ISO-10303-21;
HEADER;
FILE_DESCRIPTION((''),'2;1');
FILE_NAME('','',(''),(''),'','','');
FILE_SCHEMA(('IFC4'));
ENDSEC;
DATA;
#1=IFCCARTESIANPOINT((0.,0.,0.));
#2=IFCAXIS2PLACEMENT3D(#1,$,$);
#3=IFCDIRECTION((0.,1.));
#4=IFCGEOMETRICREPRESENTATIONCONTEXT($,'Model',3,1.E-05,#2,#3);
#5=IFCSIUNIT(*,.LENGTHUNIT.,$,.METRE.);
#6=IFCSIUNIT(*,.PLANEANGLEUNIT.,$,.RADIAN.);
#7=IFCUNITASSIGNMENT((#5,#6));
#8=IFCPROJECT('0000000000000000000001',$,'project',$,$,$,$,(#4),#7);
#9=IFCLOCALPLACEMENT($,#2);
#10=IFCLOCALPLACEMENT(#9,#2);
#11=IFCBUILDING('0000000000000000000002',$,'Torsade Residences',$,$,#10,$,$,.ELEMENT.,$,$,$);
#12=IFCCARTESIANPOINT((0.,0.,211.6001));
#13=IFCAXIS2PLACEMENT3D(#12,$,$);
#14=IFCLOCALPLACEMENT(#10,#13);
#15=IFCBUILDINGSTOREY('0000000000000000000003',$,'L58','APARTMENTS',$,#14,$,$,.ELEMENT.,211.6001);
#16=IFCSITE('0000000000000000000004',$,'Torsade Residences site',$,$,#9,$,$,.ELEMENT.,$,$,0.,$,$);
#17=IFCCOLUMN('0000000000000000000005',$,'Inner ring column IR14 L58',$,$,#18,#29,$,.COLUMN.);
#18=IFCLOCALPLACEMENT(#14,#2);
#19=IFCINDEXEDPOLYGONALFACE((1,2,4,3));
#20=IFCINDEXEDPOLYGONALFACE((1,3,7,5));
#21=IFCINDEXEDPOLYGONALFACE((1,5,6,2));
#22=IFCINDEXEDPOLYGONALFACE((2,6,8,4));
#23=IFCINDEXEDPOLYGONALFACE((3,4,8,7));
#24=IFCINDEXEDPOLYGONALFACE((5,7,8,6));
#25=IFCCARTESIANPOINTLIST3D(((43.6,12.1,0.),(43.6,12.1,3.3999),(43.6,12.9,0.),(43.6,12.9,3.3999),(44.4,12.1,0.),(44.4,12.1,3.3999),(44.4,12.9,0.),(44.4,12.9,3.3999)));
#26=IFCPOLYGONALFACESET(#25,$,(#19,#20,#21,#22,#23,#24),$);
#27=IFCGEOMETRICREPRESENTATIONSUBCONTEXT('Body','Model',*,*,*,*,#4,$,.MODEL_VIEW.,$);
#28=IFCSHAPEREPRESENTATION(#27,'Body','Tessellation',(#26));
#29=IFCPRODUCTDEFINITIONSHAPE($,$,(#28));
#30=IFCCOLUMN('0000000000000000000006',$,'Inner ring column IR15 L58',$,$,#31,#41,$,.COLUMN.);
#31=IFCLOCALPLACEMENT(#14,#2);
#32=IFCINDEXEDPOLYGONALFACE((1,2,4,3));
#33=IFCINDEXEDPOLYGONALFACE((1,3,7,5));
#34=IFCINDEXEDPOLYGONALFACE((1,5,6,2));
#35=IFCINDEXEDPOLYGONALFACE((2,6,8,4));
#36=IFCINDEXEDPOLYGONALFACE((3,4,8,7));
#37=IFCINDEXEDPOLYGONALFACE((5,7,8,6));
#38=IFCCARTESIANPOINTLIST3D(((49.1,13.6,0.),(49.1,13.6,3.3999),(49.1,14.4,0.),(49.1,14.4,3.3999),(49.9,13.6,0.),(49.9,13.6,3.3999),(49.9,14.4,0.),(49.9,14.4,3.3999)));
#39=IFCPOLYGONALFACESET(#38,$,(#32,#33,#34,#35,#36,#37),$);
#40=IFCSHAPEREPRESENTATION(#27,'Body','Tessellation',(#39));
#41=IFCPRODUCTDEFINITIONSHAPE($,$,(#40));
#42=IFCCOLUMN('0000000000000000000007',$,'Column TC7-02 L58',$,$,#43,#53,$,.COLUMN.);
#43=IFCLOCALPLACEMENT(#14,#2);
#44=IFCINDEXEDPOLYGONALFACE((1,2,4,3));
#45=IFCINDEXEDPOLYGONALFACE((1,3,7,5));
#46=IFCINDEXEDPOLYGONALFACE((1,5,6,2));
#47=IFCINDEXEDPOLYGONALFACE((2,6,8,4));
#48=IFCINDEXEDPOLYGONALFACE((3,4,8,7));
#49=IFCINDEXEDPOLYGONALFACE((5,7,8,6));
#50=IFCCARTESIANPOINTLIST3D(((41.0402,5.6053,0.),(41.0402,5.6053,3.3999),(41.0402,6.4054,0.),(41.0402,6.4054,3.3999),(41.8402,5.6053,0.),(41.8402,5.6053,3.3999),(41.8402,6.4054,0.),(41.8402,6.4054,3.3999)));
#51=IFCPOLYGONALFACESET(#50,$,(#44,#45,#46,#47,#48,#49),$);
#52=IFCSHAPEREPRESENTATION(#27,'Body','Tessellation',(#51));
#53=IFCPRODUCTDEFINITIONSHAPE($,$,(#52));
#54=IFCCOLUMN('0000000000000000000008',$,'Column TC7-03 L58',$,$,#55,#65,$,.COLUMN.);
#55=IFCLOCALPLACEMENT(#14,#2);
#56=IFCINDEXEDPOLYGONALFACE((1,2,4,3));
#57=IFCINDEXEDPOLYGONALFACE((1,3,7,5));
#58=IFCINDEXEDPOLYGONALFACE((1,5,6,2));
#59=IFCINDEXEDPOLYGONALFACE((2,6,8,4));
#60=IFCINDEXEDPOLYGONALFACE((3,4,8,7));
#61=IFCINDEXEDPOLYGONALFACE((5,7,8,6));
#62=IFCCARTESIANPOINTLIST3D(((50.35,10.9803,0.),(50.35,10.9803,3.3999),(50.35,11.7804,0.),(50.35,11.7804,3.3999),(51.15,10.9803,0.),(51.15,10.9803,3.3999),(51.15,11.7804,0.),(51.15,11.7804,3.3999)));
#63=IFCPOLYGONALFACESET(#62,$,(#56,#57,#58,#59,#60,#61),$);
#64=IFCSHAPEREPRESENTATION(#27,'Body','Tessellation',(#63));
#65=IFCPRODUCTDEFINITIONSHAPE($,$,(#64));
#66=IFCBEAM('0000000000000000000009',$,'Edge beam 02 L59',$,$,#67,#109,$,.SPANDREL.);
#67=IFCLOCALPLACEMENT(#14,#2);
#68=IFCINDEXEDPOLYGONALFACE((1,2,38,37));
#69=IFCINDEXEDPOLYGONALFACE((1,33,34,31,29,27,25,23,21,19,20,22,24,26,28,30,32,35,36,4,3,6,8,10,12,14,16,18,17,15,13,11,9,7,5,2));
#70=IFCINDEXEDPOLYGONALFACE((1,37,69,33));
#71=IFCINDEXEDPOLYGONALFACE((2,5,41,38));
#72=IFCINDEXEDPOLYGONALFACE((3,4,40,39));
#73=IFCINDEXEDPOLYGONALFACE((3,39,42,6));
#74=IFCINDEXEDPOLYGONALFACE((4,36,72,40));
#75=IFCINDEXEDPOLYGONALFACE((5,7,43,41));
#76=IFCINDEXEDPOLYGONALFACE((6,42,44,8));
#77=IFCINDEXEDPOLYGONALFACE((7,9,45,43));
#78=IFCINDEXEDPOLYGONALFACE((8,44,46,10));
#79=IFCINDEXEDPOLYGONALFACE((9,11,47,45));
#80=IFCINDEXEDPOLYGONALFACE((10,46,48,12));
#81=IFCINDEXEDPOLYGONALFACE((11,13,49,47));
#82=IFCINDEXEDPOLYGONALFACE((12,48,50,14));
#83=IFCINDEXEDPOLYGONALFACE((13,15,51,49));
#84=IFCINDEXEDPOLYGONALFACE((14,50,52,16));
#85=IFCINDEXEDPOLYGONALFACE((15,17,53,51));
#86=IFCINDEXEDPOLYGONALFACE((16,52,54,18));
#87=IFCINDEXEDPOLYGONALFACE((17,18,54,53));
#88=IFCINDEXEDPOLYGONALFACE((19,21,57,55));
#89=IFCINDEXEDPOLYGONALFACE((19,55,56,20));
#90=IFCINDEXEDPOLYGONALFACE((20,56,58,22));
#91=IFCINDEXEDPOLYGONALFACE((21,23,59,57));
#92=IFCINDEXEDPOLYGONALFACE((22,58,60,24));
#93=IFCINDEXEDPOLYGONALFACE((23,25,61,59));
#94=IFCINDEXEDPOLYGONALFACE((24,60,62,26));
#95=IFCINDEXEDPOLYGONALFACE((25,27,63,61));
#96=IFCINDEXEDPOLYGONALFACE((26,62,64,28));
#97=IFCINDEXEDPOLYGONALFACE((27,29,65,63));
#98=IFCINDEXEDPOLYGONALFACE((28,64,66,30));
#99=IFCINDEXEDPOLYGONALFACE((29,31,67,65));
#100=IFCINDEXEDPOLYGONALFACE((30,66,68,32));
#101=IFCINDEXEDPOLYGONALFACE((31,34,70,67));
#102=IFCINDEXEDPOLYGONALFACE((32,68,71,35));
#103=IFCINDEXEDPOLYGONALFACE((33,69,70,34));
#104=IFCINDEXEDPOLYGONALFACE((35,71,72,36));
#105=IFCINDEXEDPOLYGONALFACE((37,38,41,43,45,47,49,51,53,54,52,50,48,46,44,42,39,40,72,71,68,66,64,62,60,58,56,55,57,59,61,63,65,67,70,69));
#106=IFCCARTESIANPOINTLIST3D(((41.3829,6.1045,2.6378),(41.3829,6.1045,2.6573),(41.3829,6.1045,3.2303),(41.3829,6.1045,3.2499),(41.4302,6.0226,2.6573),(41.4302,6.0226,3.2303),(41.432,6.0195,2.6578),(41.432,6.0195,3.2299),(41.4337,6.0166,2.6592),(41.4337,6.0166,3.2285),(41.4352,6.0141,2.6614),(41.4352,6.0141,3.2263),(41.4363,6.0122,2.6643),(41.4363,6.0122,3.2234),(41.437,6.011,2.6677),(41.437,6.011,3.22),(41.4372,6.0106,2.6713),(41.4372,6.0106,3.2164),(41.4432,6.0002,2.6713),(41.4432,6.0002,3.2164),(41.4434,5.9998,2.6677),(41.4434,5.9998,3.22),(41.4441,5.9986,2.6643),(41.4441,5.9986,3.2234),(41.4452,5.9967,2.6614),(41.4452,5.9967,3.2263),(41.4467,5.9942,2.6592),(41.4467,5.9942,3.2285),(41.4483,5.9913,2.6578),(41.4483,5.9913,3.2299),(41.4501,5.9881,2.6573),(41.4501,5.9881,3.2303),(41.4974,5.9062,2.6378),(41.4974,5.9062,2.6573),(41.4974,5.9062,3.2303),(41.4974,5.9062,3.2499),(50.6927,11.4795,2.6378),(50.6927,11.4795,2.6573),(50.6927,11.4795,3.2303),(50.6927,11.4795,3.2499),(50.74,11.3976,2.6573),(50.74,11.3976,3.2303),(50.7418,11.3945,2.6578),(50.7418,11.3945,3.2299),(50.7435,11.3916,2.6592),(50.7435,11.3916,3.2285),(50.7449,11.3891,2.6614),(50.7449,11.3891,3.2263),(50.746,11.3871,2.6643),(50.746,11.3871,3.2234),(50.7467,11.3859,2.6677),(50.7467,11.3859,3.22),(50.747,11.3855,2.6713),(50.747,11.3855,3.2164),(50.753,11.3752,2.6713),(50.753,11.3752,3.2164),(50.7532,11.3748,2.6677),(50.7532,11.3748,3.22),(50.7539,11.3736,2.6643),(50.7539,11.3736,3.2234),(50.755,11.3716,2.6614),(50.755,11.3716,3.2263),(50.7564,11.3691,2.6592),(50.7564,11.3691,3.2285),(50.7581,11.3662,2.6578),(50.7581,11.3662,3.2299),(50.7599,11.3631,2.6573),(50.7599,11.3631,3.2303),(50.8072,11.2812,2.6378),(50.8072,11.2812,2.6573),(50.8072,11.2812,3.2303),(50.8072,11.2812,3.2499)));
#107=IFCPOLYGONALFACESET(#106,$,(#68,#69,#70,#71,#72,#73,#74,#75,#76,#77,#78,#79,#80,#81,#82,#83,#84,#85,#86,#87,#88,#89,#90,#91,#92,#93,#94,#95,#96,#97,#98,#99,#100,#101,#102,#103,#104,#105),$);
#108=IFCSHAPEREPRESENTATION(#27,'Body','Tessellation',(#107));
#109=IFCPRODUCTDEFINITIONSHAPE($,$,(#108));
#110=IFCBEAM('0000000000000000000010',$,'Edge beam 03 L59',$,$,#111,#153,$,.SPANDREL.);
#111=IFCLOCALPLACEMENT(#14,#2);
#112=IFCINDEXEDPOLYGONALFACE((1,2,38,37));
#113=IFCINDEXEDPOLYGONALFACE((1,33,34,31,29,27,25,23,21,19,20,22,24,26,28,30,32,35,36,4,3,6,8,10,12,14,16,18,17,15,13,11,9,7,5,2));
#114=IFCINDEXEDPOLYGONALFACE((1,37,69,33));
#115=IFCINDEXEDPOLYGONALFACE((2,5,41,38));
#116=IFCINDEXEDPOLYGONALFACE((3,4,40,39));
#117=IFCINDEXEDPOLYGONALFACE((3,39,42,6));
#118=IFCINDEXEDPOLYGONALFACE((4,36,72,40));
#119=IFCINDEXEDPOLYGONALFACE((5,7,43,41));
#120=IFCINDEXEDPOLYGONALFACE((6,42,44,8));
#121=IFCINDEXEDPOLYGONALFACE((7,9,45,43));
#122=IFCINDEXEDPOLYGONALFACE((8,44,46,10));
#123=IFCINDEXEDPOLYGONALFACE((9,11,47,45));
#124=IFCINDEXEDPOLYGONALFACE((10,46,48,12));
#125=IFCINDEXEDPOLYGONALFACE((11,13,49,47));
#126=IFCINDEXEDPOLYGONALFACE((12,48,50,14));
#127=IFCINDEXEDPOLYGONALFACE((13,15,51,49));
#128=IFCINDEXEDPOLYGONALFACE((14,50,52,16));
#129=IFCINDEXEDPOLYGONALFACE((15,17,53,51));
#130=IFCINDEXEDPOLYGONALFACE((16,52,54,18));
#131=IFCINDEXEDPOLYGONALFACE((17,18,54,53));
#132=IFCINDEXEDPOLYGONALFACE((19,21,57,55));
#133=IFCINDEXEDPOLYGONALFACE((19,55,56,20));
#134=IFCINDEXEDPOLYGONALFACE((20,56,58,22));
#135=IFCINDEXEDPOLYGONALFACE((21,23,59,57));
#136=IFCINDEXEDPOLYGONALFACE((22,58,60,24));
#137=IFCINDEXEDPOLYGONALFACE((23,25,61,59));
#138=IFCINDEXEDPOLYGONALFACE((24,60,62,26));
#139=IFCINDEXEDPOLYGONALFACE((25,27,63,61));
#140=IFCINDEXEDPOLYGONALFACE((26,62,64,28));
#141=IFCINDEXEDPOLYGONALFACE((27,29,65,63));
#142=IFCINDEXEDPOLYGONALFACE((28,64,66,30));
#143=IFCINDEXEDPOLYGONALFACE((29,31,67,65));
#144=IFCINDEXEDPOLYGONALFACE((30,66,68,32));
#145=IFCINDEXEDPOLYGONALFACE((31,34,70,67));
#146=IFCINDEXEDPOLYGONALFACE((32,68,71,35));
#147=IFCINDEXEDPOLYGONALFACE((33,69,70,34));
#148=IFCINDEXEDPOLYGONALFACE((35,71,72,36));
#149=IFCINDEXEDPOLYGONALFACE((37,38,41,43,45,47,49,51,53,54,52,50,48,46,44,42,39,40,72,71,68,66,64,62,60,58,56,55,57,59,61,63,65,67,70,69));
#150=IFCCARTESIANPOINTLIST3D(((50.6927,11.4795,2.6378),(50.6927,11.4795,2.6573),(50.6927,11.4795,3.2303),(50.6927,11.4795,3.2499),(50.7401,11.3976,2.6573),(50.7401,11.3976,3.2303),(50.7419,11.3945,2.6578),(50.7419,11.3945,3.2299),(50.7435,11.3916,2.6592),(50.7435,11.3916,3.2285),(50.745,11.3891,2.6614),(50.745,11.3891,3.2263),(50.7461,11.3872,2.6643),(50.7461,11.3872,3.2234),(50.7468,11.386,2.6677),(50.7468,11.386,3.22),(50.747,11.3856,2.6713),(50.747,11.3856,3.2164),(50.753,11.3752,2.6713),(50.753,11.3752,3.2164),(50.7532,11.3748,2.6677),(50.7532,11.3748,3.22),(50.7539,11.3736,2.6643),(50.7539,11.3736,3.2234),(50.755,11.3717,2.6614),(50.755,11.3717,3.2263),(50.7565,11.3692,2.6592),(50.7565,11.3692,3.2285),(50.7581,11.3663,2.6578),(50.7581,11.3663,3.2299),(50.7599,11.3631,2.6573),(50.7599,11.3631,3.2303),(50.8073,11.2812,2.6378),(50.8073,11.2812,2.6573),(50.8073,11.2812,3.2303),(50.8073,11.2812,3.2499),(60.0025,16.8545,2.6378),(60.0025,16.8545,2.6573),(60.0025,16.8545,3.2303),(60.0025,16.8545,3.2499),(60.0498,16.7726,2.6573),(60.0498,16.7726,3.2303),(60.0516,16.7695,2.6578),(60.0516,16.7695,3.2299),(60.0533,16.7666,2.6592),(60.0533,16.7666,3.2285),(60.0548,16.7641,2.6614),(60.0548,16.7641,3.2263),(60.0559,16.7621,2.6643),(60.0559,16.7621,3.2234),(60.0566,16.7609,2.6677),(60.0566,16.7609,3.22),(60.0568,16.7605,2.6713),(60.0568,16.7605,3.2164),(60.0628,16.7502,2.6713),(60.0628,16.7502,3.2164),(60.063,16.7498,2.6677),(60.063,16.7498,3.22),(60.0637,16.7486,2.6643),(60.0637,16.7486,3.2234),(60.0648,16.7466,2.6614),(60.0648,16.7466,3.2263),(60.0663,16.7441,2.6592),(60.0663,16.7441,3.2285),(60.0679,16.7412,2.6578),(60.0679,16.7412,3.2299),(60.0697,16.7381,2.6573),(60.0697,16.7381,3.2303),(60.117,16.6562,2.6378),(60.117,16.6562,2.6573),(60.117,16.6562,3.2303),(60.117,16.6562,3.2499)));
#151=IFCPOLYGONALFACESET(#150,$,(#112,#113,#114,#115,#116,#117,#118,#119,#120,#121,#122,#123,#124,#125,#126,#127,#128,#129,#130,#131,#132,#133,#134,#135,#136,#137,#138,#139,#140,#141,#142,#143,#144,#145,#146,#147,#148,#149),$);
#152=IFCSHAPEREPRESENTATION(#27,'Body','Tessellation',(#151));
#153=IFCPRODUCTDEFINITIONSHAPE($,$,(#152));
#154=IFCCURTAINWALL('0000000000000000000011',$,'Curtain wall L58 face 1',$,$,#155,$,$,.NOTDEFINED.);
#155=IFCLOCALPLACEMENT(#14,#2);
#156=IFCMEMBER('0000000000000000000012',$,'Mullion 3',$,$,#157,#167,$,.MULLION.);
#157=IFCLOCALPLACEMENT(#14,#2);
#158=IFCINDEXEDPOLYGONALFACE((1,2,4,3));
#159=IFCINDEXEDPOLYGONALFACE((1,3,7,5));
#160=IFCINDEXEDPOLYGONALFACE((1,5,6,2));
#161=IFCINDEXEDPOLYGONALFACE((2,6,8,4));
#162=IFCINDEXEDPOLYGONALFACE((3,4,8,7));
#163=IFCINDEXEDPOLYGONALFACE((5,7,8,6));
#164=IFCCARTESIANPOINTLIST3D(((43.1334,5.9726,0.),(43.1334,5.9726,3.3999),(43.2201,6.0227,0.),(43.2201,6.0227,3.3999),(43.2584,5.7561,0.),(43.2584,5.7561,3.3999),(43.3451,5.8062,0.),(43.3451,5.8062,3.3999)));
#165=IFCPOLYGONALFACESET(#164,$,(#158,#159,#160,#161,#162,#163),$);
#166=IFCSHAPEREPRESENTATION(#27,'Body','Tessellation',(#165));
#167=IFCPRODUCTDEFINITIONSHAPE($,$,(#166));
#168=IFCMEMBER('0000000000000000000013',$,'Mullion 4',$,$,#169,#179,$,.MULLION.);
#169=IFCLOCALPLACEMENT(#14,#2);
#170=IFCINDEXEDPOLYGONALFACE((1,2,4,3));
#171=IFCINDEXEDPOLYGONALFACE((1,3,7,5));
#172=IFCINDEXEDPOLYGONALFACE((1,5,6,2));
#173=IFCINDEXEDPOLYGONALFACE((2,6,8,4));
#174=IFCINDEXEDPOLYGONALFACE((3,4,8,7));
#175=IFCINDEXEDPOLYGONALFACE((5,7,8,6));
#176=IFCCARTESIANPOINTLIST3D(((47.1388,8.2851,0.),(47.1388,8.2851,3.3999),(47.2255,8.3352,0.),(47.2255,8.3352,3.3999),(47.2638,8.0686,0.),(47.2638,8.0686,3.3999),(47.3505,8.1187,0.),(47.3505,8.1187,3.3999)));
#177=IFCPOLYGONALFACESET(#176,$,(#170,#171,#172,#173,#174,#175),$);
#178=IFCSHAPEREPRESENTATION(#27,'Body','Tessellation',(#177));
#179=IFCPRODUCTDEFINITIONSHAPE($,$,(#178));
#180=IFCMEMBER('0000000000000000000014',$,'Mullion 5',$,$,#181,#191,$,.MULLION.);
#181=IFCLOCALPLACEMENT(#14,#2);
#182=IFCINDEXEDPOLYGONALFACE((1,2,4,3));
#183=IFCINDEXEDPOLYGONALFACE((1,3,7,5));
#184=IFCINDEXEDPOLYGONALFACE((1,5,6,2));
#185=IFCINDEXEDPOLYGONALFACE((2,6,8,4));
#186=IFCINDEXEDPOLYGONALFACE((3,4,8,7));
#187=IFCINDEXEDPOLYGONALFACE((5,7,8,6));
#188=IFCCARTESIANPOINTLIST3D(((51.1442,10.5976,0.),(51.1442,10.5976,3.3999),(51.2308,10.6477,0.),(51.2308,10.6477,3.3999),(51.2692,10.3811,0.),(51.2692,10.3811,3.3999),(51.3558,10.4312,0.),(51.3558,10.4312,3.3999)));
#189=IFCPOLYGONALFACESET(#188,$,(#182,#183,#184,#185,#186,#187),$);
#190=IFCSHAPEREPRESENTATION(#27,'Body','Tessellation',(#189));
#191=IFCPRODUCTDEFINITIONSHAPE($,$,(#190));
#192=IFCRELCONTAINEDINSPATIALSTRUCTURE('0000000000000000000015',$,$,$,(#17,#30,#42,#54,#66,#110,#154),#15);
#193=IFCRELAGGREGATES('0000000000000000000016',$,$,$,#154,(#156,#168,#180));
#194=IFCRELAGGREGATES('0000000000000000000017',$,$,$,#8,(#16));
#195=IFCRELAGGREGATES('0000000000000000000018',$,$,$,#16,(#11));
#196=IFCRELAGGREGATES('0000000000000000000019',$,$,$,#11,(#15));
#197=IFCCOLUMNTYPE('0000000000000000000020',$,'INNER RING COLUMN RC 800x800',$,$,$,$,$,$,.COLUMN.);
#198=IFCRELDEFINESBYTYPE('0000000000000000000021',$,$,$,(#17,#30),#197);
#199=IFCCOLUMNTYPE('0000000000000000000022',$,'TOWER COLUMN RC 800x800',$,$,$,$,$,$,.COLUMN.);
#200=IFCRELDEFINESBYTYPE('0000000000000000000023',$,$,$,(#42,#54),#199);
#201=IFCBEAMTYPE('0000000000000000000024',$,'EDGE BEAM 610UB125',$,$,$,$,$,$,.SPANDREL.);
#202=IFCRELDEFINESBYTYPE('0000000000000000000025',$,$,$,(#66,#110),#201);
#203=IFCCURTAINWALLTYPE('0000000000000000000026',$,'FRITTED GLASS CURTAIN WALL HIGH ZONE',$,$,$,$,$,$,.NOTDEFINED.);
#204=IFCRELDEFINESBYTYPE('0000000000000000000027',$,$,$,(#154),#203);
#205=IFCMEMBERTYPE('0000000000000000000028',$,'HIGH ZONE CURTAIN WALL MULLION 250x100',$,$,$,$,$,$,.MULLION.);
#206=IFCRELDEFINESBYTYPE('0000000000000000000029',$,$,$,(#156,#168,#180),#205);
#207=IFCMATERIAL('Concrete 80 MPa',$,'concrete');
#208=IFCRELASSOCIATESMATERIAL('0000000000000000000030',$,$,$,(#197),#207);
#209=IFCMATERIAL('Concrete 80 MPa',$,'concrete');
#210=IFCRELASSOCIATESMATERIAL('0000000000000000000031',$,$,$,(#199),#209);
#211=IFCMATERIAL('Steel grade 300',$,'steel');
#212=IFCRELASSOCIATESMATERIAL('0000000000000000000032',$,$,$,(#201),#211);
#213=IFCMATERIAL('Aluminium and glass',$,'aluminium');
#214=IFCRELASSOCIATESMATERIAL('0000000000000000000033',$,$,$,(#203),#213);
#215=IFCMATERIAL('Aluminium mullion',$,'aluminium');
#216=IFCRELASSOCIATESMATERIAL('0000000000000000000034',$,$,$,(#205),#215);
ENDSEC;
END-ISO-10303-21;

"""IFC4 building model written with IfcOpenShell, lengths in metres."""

from ifc_helpers import new_model, si_unit, direction, frame, origin, origin_2d, place, context, subcontext, project, spatial, rectangle, i_section, extrude, material, material_profile, profile_set, type_object, element, aggregate, save


model = new_model("IFC4")

# Units and contexts
model_context = context("Model", 3, precision=1e-05, world=origin(), true_north=direction((0.0, 1.0)))
body_context = subcontext(model_context, "Body", "Model", "MODEL_VIEW")
ifc_project = project(units=[si_unit("LENGTHUNIT", "METRE"), si_unit("PLANEANGLEUNIT", "RADIAN")], contexts=[model_context])

# Site, building, storey
site_placement = place(None, origin())
site = spatial("IfcSite", under=ifc_project, at=site_placement, Name="Torsade Residences site", CompositionType="ELEMENT", RefElevation=0.0)
building_placement = place(site_placement, origin())
building = spatial("IfcBuilding", under=site, at=building_placement, Name="Torsade Residences", CompositionType="ELEMENT")
storey_placement = place(building_placement, frame((0.0, 0.0, 211.6001)))
storey = spatial("IfcBuildingStorey", under=building, at=storey_placement, Name="L58", Description="APARTMENTS", CompositionType="ELEMENT", Elevation=211.6001)

# Columns
ifc_material_1 = material(Name="Concrete 80 MPa", Category="concrete")
ifc_material_profile_1 = material_profile(ifc_material_1, rectangle(XDim=0.8, YDim=0.8, at=origin_2d()), Name="RC 800x800")
ifc_profile_set_1 = profile_set([ifc_material_profile_1], Name="Concrete 80 MPa")
column_type_1 = type_object("IfcColumnType", Name="INNER RING COLUMN RC 800x800", PredefinedType="COLUMN", material=ifc_profile_set_1)
for number, where, z_axis, x_axis, name in (
    (1, (44.0, 12.5, 0.0), (0.0, 0.0, 1.0), (1.0, 0.0, 0.0), "Inner ring column IR14 L58"),
    (2, (49.5, 14.0, 0.0), (0.0, 0.0, 1.0), (1.0, 0.0, 0.0), "Inner ring column IR15 L58"),
):
    element("IfcColumn", number, at=place(storey_placement, frame(where, z_axis=z_axis, x_axis=x_axis)), inside=storey, type_object=column_type_1, Name=name, PredefinedType="COLUMN", context=body_context, shape_type="SweptSolid", body=[
        extrude(rectangle(XDim=0.8, YDim=0.8, at=origin_2d()), origin(), (0.0, 0.0, 1.0), 3.3999),
    ])
ifc_material_2 = material(Name="Concrete 80 MPa", Category="concrete")
ifc_material_profile_2 = material_profile(ifc_material_2, rectangle(XDim=0.8, YDim=0.8, at=origin_2d()), Name="RC 800x800")
ifc_profile_set_2 = profile_set([ifc_material_profile_2], Name="Concrete 80 MPa")
column_type_2 = type_object("IfcColumnType", Name="TOWER COLUMN RC 800x800", PredefinedType="COLUMN", material=ifc_profile_set_2)
for number, where, z_axis, x_axis, name in (
    (3, (41.4402, 6.0054, 0.0), (0.0, 0.0, 1.0), (1.0, 0.0, 0.0), "Column TC7-02 L58"),
    (4, (50.75, 11.3804, 0.0), (0.0, 0.0, 1.0), (1.0, 0.0, 0.0), "Column TC7-03 L58"),
):
    element("IfcColumn", number, at=place(storey_placement, frame(where, z_axis=z_axis, x_axis=x_axis)), inside=storey, type_object=column_type_2, Name=name, PredefinedType="COLUMN", context=body_context, shape_type="SweptSolid", body=[
        extrude(rectangle(XDim=0.8, YDim=0.8, at=origin_2d()), origin(), (0.0, 0.0, 1.0), 3.3999),
    ])

# Beams
ifc_material_3 = material(Name="Steel grade 300", Category="steel")
ifc_material_profile_3 = material_profile(ifc_material_3, i_section(OverallWidth=0.229, OverallDepth=0.6121, WebThickness=0.012, FlangeThickness=0.0195, FilletRadius=0.0139, at=origin_2d()), Name="610UB125")
ifc_profile_set_3 = profile_set([ifc_material_profile_3], Name="Steel grade 300")
beam_type_1 = type_object("IfcBeamType", Name="EDGE BEAM 610UB125", PredefinedType="SPANDREL", material=ifc_profile_set_3)
for number, where, z_axis, x_axis, name in (
    (5, (41.4402, 6.0054, 2.9438), (0.866026, 0.499998, 0.0), (-0.499998, 0.866026, 0.0), "Edge beam 02 L59"),
    (6, (50.75, 11.3804, 2.9438), (0.866026, 0.499998, 0.0), (-0.499998, 0.866026, 0.0), "Edge beam 03 L59"),
):
    element("IfcBeam", number, at=place(storey_placement, frame(where, z_axis=z_axis, x_axis=x_axis)), inside=storey, type_object=beam_type_1, Name=name, PredefinedType="SPANDREL", context=body_context, shape_type="SweptSolid", body=[
        extrude(i_section(OverallWidth=0.229, OverallDepth=0.6121, WebThickness=0.012, FlangeThickness=0.0195, FilletRadius=0.0139, at=origin_2d()), origin(), (0.0, 0.0, 1.0), 10.75),
    ])

# Curtain wall, members
ifc_material_4 = material(Name="Aluminium and glass", Category="aluminium")
curtain_wall_type = type_object("IfcCurtainWallType", Name="FRITTED GLASS CURTAIN WALL HIGH ZONE", PredefinedType="NOTDEFINED", material=ifc_material_4)
curtain_wall_placement = place(storey_placement, origin())
curtain_wall = element("IfcCurtainWall", 7, at=curtain_wall_placement, inside=storey, type_object=curtain_wall_type, Name="Curtain wall L58 face 1", PredefinedType="NOTDEFINED")
ifc_material_5 = material(Name="Aluminium mullion", Category="aluminium")
ifc_material_profile_4 = material_profile(ifc_material_5, rectangle(XDim=0.25, YDim=0.1001, at=origin_2d()), Name="HIGH ZONE CURTAIN WALL MULLION 250x100")
ifc_profile_set_4 = profile_set([ifc_material_profile_4], Name="Aluminium mullion")
member_type_1 = type_object("IfcMemberType", Name="HIGH ZONE CURTAIN WALL MULLION 250x100", PredefinedType="MULLION", material=ifc_profile_set_4)
member_1_placement = place(storey_placement, frame((43.2393, 5.8894, 0.0), z_axis=(0.0, 0.0, 1.0), x_axis=(-0.5, 0.866025, 0.0)))
member_1 = element("IfcMember", 8, at=member_1_placement, type_object=member_type_1, Name="Mullion 3", PredefinedType="MULLION", context=body_context, shape_type="SweptSolid", body=[
    extrude(rectangle(XDim=0.25, YDim=0.1001, at=origin_2d()), origin(), (0.0, 0.0, 1.0), 3.3999),
])
member_2_placement = place(storey_placement, frame((47.2446, 8.2019, 0.0), z_axis=(0.0, 0.0, 1.0), x_axis=(-0.5, 0.866025, 0.0)))
member_2 = element("IfcMember", 9, at=member_2_placement, type_object=member_type_1, Name="Mullion 4", PredefinedType="MULLION", context=body_context, shape_type="SweptSolid", body=[
    extrude(rectangle(XDim=0.25, YDim=0.1001, at=origin_2d()), origin(), (0.0, 0.0, 1.0), 3.3999),
])
member_3_placement = place(storey_placement, frame((51.25, 10.5144, 0.0), z_axis=(0.0, 0.0, 1.0), x_axis=(-0.5, 0.866025, 0.0)))
member_3 = element("IfcMember", 10, at=member_3_placement, type_object=member_type_1, Name="Mullion 5", PredefinedType="MULLION", context=body_context, shape_type="SweptSolid", body=[
    extrude(rectangle(XDim=0.25, YDim=0.1001, at=origin_2d()), origin(), (0.0, 0.0, 1.0), 3.3999),
])

aggregate(curtain_wall, [member_1, member_2, member_3])

save(model, "model.ifc")
